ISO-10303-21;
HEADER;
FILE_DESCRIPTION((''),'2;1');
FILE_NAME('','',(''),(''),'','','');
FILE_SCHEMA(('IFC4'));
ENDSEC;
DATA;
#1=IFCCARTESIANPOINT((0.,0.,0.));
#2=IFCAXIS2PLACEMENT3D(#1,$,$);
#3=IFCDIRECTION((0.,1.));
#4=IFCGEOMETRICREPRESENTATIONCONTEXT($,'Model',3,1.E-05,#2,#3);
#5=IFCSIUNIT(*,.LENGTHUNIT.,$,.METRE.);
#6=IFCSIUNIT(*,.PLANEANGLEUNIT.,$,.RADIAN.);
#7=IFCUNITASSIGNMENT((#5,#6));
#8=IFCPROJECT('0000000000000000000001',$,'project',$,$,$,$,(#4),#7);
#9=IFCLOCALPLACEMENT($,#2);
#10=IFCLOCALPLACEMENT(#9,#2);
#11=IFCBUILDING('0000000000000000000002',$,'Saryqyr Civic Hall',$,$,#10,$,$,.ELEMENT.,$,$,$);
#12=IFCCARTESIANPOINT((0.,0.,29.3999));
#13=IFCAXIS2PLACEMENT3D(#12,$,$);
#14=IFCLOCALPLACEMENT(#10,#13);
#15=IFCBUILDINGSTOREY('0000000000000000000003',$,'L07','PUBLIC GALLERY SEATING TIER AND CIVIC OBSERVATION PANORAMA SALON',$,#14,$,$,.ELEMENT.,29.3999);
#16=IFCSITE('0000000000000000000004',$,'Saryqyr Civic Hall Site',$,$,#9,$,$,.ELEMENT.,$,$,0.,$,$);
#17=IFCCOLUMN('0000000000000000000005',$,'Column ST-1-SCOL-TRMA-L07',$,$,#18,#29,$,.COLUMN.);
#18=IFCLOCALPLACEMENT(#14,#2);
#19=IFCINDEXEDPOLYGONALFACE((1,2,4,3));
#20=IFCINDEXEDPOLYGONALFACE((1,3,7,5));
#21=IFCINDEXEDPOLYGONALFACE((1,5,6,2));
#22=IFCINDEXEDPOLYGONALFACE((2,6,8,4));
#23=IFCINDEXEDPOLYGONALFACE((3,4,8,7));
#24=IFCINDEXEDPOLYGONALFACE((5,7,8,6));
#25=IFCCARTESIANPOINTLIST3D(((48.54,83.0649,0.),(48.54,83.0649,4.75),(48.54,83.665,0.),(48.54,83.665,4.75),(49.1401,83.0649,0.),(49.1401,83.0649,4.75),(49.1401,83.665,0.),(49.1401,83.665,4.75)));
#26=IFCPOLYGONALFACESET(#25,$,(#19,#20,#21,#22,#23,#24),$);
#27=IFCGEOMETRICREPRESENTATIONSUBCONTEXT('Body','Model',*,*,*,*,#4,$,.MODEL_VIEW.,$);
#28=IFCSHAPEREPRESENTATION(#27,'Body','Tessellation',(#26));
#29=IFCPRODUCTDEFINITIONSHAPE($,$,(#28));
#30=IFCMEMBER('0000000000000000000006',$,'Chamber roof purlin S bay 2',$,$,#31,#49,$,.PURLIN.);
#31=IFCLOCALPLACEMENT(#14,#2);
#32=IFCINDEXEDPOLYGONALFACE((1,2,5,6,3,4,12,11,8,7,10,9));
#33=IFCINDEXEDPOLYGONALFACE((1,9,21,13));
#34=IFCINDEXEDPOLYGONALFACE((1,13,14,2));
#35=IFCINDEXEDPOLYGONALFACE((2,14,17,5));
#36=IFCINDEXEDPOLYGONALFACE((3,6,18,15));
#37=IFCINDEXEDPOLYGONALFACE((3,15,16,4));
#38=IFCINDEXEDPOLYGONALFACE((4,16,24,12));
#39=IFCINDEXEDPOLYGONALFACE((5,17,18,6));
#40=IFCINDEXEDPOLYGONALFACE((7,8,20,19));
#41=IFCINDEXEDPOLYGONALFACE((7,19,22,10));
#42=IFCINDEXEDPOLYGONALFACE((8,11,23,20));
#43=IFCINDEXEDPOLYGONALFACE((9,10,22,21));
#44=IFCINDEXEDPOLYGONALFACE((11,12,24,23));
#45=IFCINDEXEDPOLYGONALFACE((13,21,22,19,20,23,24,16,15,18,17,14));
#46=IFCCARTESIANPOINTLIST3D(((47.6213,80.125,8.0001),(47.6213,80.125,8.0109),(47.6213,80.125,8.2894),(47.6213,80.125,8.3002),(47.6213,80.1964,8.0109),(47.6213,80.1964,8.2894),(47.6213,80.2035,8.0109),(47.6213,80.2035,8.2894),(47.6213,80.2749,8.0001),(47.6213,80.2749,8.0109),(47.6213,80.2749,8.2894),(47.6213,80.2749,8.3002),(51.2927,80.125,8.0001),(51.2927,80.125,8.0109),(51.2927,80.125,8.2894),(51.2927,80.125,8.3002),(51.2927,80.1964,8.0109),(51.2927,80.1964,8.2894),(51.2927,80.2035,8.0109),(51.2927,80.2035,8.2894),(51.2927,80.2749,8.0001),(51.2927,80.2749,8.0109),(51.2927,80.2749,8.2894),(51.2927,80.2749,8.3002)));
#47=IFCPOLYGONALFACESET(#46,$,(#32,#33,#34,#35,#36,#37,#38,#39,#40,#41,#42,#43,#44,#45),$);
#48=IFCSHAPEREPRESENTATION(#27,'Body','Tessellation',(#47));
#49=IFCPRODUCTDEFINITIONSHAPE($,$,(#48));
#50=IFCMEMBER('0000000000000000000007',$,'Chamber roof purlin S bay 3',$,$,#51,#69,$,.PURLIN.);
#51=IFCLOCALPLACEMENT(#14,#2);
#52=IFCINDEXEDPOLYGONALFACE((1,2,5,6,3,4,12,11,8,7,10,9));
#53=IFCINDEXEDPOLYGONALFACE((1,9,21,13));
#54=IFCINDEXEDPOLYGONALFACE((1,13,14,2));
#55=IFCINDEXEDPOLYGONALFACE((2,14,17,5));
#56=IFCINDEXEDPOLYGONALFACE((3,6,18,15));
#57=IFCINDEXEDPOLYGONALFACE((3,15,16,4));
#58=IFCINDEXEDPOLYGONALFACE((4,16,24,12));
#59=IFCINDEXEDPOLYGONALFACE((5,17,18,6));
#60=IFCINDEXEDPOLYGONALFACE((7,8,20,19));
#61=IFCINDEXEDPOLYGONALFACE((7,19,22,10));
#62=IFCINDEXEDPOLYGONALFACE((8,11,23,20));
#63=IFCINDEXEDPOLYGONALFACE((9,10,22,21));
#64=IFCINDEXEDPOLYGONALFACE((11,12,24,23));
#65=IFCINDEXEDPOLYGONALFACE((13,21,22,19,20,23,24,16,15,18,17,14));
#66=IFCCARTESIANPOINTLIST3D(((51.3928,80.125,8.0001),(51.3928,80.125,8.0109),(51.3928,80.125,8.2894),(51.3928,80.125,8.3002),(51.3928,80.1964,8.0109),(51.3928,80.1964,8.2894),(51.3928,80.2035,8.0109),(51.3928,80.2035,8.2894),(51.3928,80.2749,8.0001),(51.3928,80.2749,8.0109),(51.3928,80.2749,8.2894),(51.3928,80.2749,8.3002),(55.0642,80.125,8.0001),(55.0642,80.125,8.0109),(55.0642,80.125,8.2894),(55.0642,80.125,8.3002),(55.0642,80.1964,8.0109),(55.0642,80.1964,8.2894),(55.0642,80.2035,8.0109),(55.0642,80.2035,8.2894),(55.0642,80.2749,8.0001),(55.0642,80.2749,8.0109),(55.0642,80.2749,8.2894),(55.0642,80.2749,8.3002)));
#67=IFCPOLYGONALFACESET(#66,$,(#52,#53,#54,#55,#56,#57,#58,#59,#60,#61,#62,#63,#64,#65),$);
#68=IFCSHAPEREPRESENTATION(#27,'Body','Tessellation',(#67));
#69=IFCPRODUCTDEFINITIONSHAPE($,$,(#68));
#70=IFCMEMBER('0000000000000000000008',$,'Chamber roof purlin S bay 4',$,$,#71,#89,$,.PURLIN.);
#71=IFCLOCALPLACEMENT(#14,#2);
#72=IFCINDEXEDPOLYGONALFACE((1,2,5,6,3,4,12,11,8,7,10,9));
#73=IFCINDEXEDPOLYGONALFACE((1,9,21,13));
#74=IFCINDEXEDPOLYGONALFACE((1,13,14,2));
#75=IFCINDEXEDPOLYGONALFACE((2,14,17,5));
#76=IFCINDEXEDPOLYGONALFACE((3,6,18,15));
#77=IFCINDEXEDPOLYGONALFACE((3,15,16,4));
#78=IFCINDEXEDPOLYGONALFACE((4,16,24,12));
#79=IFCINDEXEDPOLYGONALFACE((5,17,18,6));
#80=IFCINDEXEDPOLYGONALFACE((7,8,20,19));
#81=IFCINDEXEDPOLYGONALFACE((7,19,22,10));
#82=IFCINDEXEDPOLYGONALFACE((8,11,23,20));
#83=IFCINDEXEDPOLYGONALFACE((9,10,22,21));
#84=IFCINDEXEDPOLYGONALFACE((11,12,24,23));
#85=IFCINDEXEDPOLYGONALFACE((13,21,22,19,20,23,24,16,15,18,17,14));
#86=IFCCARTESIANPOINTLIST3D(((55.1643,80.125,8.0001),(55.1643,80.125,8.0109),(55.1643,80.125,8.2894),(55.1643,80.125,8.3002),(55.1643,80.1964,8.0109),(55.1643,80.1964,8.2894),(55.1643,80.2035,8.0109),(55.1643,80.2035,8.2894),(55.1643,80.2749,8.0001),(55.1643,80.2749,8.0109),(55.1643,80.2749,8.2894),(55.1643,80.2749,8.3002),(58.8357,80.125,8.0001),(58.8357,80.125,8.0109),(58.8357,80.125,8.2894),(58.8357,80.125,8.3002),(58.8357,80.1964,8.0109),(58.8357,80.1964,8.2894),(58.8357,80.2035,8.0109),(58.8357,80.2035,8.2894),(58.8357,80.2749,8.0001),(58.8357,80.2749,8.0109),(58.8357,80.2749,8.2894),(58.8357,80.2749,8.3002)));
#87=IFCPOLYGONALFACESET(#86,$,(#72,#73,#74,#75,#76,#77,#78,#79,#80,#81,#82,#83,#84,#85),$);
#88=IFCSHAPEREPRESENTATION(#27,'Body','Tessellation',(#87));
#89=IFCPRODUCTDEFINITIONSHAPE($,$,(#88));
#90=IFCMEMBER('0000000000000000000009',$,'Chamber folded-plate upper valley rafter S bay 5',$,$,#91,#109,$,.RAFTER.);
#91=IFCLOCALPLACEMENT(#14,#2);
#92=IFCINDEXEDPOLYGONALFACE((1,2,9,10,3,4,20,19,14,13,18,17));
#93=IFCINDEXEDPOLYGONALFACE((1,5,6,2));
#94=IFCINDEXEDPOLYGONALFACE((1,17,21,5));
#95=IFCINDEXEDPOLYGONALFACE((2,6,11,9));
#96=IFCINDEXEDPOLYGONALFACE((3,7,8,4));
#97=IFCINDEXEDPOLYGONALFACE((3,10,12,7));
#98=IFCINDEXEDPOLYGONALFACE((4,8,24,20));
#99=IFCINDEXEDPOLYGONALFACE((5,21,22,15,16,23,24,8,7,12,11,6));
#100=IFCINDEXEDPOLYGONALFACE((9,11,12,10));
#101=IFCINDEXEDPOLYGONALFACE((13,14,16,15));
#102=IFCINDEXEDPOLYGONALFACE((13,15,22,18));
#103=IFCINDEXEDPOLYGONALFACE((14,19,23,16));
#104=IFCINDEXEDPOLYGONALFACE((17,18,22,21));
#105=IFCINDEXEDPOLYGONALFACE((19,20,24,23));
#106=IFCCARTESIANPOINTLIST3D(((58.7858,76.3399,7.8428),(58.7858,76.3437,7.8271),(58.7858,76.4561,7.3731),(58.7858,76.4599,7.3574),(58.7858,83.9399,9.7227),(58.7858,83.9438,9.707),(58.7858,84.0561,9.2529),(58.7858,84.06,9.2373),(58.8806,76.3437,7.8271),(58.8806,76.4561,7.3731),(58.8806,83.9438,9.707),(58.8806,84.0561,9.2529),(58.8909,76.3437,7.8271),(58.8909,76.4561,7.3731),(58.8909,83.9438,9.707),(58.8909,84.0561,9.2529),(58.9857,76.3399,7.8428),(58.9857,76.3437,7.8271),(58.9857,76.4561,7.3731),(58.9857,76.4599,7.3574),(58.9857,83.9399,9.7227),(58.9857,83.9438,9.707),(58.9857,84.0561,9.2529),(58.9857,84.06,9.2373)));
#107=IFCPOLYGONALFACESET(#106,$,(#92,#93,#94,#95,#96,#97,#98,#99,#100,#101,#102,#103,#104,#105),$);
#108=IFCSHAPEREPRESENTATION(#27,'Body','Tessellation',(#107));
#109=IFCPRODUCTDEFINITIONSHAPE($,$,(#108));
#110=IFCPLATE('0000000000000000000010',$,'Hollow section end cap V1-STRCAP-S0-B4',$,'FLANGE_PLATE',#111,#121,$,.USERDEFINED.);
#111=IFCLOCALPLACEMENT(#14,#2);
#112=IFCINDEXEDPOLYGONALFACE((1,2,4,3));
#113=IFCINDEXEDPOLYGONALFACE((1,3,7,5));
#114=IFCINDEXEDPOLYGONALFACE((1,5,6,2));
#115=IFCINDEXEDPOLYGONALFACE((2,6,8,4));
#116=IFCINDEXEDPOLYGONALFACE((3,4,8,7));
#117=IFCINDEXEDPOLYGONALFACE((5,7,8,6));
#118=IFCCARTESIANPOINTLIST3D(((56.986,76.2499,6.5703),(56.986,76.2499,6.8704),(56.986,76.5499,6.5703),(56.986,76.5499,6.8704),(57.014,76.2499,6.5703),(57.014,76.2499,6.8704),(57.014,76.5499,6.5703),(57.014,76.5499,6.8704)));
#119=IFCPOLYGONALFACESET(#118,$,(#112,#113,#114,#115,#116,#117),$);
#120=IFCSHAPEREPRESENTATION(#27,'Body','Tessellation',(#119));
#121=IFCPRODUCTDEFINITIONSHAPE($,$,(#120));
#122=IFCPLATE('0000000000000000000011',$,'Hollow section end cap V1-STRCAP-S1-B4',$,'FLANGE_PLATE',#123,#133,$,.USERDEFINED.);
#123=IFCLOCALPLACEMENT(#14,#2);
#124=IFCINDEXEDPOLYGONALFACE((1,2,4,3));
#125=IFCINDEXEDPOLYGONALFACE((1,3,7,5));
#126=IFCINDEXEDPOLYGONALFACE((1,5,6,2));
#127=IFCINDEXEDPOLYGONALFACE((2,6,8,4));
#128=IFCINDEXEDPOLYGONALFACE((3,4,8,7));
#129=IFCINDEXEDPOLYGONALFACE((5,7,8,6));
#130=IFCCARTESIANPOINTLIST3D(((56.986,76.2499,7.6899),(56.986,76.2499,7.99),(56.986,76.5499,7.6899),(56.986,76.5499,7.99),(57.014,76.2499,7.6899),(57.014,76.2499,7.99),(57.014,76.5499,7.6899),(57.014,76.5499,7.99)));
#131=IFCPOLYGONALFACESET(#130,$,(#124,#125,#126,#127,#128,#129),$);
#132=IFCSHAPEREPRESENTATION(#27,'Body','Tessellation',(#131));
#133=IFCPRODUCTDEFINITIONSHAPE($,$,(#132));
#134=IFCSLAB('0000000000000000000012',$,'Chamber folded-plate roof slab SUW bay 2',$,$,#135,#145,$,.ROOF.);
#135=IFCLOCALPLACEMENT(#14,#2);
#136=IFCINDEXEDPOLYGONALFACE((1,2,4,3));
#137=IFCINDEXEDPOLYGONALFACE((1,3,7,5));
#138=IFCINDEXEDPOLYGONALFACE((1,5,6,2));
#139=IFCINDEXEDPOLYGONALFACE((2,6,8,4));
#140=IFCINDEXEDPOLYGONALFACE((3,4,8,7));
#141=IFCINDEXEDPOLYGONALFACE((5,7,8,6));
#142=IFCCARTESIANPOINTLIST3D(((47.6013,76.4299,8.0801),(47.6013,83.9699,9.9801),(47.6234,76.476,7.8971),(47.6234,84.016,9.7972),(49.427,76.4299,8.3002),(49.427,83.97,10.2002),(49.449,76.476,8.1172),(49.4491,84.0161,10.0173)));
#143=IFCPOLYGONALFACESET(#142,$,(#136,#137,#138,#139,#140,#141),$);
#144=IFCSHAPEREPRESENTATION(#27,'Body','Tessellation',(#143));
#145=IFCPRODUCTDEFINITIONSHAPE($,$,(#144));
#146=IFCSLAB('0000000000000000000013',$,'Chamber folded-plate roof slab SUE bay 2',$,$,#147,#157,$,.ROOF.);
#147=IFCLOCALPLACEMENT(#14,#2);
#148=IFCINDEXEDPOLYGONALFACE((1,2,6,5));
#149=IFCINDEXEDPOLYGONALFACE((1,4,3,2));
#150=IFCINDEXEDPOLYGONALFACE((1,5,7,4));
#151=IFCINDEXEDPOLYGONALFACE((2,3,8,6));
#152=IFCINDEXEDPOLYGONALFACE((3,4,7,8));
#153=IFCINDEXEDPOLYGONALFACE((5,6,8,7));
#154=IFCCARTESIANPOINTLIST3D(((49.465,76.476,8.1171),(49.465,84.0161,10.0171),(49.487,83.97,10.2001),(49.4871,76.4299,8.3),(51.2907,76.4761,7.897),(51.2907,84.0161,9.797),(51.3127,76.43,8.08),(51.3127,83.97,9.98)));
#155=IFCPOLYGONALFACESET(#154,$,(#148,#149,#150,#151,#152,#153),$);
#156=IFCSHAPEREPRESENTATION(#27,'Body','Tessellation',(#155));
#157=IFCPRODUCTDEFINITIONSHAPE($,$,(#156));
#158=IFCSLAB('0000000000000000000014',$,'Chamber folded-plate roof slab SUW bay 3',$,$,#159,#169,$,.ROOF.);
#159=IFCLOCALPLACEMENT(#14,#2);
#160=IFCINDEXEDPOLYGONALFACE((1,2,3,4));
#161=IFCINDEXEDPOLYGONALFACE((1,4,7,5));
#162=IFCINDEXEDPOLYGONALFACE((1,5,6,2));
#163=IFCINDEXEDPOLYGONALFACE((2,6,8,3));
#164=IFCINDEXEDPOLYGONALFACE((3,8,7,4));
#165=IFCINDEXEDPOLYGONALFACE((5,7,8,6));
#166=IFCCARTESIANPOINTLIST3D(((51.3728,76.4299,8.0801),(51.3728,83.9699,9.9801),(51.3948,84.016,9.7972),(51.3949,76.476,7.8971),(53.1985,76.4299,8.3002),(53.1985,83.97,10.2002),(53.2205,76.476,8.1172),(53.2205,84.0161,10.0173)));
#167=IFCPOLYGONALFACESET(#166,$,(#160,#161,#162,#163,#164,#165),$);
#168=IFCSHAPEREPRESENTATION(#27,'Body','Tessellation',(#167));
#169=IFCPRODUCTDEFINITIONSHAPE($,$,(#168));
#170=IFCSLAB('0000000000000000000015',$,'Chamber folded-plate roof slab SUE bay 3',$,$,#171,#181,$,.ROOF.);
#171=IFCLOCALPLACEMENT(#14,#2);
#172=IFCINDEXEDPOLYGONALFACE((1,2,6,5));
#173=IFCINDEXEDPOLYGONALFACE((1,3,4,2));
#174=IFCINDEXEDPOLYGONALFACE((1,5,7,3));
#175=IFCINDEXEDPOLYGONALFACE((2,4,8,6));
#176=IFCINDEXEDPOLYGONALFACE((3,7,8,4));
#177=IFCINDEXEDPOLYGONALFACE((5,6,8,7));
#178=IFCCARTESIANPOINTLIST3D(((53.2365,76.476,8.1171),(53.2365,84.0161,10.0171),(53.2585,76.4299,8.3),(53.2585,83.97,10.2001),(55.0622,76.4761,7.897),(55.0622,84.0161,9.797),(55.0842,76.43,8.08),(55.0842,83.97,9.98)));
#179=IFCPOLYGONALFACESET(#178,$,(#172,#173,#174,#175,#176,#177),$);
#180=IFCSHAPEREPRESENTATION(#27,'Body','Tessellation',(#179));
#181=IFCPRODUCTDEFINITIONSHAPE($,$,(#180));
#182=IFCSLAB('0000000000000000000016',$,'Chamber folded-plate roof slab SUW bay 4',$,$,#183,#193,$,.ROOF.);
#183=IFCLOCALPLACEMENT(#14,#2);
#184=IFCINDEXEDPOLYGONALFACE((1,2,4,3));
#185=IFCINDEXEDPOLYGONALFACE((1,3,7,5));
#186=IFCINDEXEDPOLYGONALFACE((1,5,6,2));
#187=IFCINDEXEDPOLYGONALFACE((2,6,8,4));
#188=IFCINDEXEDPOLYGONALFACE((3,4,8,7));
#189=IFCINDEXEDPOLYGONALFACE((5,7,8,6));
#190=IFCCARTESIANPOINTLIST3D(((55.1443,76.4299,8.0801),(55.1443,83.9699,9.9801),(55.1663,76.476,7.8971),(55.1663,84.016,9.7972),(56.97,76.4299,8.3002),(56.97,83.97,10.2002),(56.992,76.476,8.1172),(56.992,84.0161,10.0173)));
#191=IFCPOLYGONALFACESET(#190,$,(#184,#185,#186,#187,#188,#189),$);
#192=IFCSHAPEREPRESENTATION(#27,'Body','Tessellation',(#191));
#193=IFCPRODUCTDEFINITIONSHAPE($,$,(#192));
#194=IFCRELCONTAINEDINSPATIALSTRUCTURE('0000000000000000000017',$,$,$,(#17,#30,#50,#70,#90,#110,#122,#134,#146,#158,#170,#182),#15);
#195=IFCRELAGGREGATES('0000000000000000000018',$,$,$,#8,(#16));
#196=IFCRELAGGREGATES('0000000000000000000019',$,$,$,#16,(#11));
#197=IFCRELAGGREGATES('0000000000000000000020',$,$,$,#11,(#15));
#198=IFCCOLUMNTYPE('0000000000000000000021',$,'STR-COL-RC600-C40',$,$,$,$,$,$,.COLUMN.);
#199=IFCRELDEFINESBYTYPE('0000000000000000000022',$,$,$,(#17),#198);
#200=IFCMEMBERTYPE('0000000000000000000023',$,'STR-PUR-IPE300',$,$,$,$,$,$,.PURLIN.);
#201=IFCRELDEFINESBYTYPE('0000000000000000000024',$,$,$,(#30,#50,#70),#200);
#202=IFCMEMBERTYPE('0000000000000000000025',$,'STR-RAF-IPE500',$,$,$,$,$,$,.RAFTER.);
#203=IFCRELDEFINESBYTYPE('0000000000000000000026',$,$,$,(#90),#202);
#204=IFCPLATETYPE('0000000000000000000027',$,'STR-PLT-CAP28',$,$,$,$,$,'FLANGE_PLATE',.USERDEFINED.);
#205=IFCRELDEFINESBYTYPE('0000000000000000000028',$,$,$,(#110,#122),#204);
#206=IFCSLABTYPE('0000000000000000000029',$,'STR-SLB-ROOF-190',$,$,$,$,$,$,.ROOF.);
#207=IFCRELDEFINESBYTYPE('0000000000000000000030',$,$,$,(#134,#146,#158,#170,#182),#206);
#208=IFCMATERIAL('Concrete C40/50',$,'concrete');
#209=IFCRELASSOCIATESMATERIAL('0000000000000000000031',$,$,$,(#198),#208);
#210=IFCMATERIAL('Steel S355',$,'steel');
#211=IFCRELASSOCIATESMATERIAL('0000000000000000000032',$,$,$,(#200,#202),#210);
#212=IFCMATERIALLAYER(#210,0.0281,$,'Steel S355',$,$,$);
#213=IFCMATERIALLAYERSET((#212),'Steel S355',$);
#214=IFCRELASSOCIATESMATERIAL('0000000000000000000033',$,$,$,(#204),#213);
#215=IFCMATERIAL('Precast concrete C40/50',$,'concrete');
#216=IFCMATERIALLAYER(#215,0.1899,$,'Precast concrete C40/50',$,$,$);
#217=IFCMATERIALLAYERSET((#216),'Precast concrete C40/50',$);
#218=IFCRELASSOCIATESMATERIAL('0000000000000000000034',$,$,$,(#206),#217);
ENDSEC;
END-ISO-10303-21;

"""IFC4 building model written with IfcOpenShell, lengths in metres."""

from ifc_helpers import new_model, si_unit, direction, frame, origin, origin_2d, place, context, subcontext, project, spatial, polyline, rectangle, i_section, outline, extrude, material, layer, layer_set, material_profile, profile_set, type_object, element, save


model = new_model("IFC4")

# Units and contexts
model_context = context("Model", 3, precision=1e-05, world=origin(), true_north=direction((0.0, 1.0)))
body_context = subcontext(model_context, "Body", "Model", "MODEL_VIEW")
ifc_project = project(units=[si_unit("LENGTHUNIT", "METRE"), si_unit("PLANEANGLEUNIT", "RADIAN")], contexts=[model_context])

# Site, building, storey
site_placement = place(None, origin())
site = spatial("IfcSite", under=ifc_project, at=site_placement, Name="Saryqyr Civic Hall Site", CompositionType="ELEMENT", RefElevation=0.0)
building_placement = place(site_placement, origin())
building = spatial("IfcBuilding", under=site, at=building_placement, Name="Saryqyr Civic Hall", CompositionType="ELEMENT")
storey_placement = place(building_placement, frame((0.0, 0.0, 29.3999)))
storey = spatial("IfcBuildingStorey", under=building, at=storey_placement, Name="L07", Description="PUBLIC GALLERY SEATING TIER AND CIVIC OBSERVATION PANORAMA SALON", CompositionType="ELEMENT", Elevation=29.3999)

# Column
ifc_material_1 = material(Name="Concrete C40/50", Category="concrete")
ifc_material_profile_1 = material_profile(ifc_material_1, rectangle(XDim=0.6001, YDim=0.6001, at=origin_2d()), Name="RC 600x600")
ifc_profile_set_1 = profile_set([ifc_material_profile_1], Name="Concrete C40/50")
column_type = type_object("IfcColumnType", Name="STR-COL-RC600-C40", PredefinedType="COLUMN", material=ifc_profile_set_1)
column_placement = place(storey_placement, frame((48.8401, 83.365, 0.0), z_axis=(0.0, 0.0, 1.0), x_axis=(1.0, 0.0, 0.0)))
element("IfcColumn", 1, at=column_placement, inside=storey, type_object=column_type, Name="Column ST-1-SCOL-TRMA-L07", PredefinedType="COLUMN", context=body_context, shape_type="SweptSolid", body=[
    extrude(rectangle(XDim=0.6001, YDim=0.6001, at=origin_2d()), origin(), (0.0, 0.0, 1.0), 4.75),
])

# Members
ifc_material_2 = material(Name="Steel S355", Category="steel")
ifc_material_profile_2 = material_profile(ifc_material_2, i_section(OverallWidth=0.1499, OverallDepth=0.3, WebThickness=0.0071, FlangeThickness=0.0107, at=origin_2d()), Name="IPE 300")
ifc_profile_set_2 = profile_set([ifc_material_profile_2], Name="Steel S355")
member_type_1 = type_object("IfcMemberType", Name="STR-PUR-IPE300", PredefinedType="PURLIN", material=ifc_profile_set_2)
for number, where, z_axis, x_axis, name in (
    (2, (47.6213, 80.2, 8.1501), (1.0, 0.0, 0.0), (0.0, 1.0, 0.0), "Chamber roof purlin S bay 2"),
    (3, (51.3928, 80.2, 8.1501), (1.0, 0.0, 0.0), (0.0, 1.0, 0.0), "Chamber roof purlin S bay 3"),
    (4, (55.1643, 80.2, 8.1501), (1.0, 0.0, 0.0), (0.0, 1.0, 0.0), "Chamber roof purlin S bay 4"),
):
    element("IfcMember", number, at=place(storey_placement, frame(where, z_axis=z_axis, x_axis=x_axis)), inside=storey, type_object=member_type_1, Name=name, PredefinedType="PURLIN", context=body_context, shape_type="SweptSolid", body=[
        extrude(i_section(OverallWidth=0.1499, OverallDepth=0.3, WebThickness=0.0071, FlangeThickness=0.0107, at=origin_2d()), origin(), (0.0, 0.0, 1.0), 3.6714),
    ])
ifc_material_profile_3 = material_profile(ifc_material_2, i_section(OverallWidth=0.2, OverallDepth=0.5, WebThickness=0.0103, FlangeThickness=0.0161, at=origin_2d()), Name="IPE 500")
ifc_profile_set_3 = profile_set([ifc_material_profile_3], Name="Steel S355")
member_type_2 = type_object("IfcMemberType", Name="STR-RAF-IPE500", PredefinedType="RAFTER", material=ifc_profile_set_3)
member_placement = place(storey_placement, frame((58.8857, 76.3999, 7.6001), z_axis=(0.0, 0.970745, 0.240114), x_axis=(-1.0, 0.0, 0.0)))
element("IfcMember", 5, at=member_placement, inside=storey, type_object=member_type_2, Name="Chamber folded-plate upper valley rafter S bay 5", PredefinedType="RAFTER", context=body_context, shape_type="SweptSolid", body=[
    extrude(i_section(OverallWidth=0.2, OverallDepth=0.5, WebThickness=0.0103, FlangeThickness=0.0161, at=origin_2d()), origin(), (0.0, 0.0, 1.0), 7.8291),
])

# Plates
ifc_layer_1 = layer(ifc_material_2, 0.0281, Name="Steel S355")
ifc_layer_set_1 = layer_set([ifc_layer_1], Name="Steel S355")
plate_type = type_object("IfcPlateType", Name="STR-PLT-CAP28", ElementType="FLANGE_PLATE", PredefinedType="USERDEFINED", material=ifc_layer_set_1)
for number, where, z_axis, x_axis, name in (
    (6, (57.0, 76.3999, 6.5703), (0.0, 0.0, 1.0), (1.0, 0.0, 0.0), "Hollow section end cap V1-STRCAP-S0-B4"),
    (7, (57.0, 76.3999, 7.6899), (0.0, 0.0, 1.0), (1.0, 0.0, 0.0), "Hollow section end cap V1-STRCAP-S1-B4"),
):
    element("IfcPlate", number, at=place(storey_placement, frame(where, z_axis=z_axis, x_axis=x_axis)), inside=storey, type_object=plate_type, Name=name, ObjectType="FLANGE_PLATE", PredefinedType="USERDEFINED", context=body_context, shape_type="SweptSolid", body=[
        extrude(rectangle(XDim=0.0281, YDim=0.3, at=origin_2d()), origin(), (0.0, 0.0, 1.0), 0.3),
    ])

# Slabs
ifc_material_3 = material(Name="Precast concrete C40/50", Category="concrete")
ifc_layer_2 = layer(ifc_material_3, 0.1899, Name="Precast concrete C40/50")
ifc_layer_set_2 = layer_set([ifc_layer_2], Name="Precast concrete C40/50")
slab_type = type_object("IfcSlabType", Name="STR-SLB-ROOF-190", PredefinedType="ROOF", material=ifc_layer_set_2)
slab_1_placement = place(storey_placement, frame((47.6013, 76.4299, 8.0801), z_axis=(-0.116109, -0.2427, 0.963128), x_axis=(0.992812, -0.000016, 0.119683)))
element("IfcSlab", 8, at=slab_1_placement, inside=storey, type_object=slab_type, Name="Chamber folded-plate roof slab SUW bay 2", PredefinedType="ROOF", context=body_context, shape_type="SweptSolid", body=[
    extrude(outline(polyline([(0.0, 0.0), (1.8389, 0.0), (2.0662, 7.7725), (0.2273, 7.7724), (0.0, 0.0)])), origin(), (0.0, 0.0, -1.0), 0.1899),
])
slab_2_placement = place(storey_placement, frame((49.4871, 76.4299, 8.3), z_axis=(0.116109, -0.2427, 0.963128), x_axis=(0.992812, 0.000016, -0.119683)))
element("IfcSlab", 9, at=slab_2_placement, inside=storey, type_object=slab_type, Name="Chamber folded-plate roof slab SUE bay 2", PredefinedType="ROOF", context=body_context, shape_type="SweptSolid", body=[
    extrude(outline(polyline([(0.0, 0.0), (1.8389, 0.0), (1.6116, 7.7724), (-0.2273, 7.7725), (0.0, 0.0)])), origin(), (0.0, 0.0, -1.0), 0.1899),
])
slab_3_placement = place(storey_placement, frame((51.3728, 76.4299, 8.0801), z_axis=(-0.116109, -0.2427, 0.963128), x_axis=(0.992812, -0.000016, 0.119683)))
element("IfcSlab", 10, at=slab_3_placement, inside=storey, type_object=slab_type, Name="Chamber folded-plate roof slab SUW bay 3", PredefinedType="ROOF", context=body_context, shape_type="SweptSolid", body=[
    extrude(outline(polyline([(0.0, 0.0), (1.8389, 0.0), (2.0662, 7.7725), (0.2273, 7.7724), (0.0, 0.0)])), origin(), (0.0, 0.0, -1.0), 0.1899),
])
slab_4_placement = place(storey_placement, frame((53.2585, 76.4299, 8.3), z_axis=(0.116109, -0.2427, 0.963128), x_axis=(0.992812, 0.000016, -0.119683)))
element("IfcSlab", 11, at=slab_4_placement, inside=storey, type_object=slab_type, Name="Chamber folded-plate roof slab SUE bay 3", PredefinedType="ROOF", context=body_context, shape_type="SweptSolid", body=[
    extrude(outline(polyline([(0.0, 0.0), (1.8389, 0.0), (1.6116, 7.7724), (-0.2273, 7.7725), (0.0, 0.0)])), origin(), (0.0, 0.0, -1.0), 0.1899),
])
slab_5_placement = place(storey_placement, frame((55.1443, 76.4299, 8.0801), z_axis=(-0.116109, -0.2427, 0.963128), x_axis=(0.992812, -0.000016, 0.119683)))
element("IfcSlab", 12, at=slab_5_placement, inside=storey, type_object=slab_type, Name="Chamber folded-plate roof slab SUW bay 4", PredefinedType="ROOF", context=body_context, shape_type="SweptSolid", body=[
    extrude(outline(polyline([(0.0, 0.0), (1.8389, 0.0), (2.0662, 7.7725), (0.2273, 7.7724), (0.0, 0.0)])), origin(), (0.0, 0.0, -1.0), 0.1899),
])

save(model, "model.ifc")
